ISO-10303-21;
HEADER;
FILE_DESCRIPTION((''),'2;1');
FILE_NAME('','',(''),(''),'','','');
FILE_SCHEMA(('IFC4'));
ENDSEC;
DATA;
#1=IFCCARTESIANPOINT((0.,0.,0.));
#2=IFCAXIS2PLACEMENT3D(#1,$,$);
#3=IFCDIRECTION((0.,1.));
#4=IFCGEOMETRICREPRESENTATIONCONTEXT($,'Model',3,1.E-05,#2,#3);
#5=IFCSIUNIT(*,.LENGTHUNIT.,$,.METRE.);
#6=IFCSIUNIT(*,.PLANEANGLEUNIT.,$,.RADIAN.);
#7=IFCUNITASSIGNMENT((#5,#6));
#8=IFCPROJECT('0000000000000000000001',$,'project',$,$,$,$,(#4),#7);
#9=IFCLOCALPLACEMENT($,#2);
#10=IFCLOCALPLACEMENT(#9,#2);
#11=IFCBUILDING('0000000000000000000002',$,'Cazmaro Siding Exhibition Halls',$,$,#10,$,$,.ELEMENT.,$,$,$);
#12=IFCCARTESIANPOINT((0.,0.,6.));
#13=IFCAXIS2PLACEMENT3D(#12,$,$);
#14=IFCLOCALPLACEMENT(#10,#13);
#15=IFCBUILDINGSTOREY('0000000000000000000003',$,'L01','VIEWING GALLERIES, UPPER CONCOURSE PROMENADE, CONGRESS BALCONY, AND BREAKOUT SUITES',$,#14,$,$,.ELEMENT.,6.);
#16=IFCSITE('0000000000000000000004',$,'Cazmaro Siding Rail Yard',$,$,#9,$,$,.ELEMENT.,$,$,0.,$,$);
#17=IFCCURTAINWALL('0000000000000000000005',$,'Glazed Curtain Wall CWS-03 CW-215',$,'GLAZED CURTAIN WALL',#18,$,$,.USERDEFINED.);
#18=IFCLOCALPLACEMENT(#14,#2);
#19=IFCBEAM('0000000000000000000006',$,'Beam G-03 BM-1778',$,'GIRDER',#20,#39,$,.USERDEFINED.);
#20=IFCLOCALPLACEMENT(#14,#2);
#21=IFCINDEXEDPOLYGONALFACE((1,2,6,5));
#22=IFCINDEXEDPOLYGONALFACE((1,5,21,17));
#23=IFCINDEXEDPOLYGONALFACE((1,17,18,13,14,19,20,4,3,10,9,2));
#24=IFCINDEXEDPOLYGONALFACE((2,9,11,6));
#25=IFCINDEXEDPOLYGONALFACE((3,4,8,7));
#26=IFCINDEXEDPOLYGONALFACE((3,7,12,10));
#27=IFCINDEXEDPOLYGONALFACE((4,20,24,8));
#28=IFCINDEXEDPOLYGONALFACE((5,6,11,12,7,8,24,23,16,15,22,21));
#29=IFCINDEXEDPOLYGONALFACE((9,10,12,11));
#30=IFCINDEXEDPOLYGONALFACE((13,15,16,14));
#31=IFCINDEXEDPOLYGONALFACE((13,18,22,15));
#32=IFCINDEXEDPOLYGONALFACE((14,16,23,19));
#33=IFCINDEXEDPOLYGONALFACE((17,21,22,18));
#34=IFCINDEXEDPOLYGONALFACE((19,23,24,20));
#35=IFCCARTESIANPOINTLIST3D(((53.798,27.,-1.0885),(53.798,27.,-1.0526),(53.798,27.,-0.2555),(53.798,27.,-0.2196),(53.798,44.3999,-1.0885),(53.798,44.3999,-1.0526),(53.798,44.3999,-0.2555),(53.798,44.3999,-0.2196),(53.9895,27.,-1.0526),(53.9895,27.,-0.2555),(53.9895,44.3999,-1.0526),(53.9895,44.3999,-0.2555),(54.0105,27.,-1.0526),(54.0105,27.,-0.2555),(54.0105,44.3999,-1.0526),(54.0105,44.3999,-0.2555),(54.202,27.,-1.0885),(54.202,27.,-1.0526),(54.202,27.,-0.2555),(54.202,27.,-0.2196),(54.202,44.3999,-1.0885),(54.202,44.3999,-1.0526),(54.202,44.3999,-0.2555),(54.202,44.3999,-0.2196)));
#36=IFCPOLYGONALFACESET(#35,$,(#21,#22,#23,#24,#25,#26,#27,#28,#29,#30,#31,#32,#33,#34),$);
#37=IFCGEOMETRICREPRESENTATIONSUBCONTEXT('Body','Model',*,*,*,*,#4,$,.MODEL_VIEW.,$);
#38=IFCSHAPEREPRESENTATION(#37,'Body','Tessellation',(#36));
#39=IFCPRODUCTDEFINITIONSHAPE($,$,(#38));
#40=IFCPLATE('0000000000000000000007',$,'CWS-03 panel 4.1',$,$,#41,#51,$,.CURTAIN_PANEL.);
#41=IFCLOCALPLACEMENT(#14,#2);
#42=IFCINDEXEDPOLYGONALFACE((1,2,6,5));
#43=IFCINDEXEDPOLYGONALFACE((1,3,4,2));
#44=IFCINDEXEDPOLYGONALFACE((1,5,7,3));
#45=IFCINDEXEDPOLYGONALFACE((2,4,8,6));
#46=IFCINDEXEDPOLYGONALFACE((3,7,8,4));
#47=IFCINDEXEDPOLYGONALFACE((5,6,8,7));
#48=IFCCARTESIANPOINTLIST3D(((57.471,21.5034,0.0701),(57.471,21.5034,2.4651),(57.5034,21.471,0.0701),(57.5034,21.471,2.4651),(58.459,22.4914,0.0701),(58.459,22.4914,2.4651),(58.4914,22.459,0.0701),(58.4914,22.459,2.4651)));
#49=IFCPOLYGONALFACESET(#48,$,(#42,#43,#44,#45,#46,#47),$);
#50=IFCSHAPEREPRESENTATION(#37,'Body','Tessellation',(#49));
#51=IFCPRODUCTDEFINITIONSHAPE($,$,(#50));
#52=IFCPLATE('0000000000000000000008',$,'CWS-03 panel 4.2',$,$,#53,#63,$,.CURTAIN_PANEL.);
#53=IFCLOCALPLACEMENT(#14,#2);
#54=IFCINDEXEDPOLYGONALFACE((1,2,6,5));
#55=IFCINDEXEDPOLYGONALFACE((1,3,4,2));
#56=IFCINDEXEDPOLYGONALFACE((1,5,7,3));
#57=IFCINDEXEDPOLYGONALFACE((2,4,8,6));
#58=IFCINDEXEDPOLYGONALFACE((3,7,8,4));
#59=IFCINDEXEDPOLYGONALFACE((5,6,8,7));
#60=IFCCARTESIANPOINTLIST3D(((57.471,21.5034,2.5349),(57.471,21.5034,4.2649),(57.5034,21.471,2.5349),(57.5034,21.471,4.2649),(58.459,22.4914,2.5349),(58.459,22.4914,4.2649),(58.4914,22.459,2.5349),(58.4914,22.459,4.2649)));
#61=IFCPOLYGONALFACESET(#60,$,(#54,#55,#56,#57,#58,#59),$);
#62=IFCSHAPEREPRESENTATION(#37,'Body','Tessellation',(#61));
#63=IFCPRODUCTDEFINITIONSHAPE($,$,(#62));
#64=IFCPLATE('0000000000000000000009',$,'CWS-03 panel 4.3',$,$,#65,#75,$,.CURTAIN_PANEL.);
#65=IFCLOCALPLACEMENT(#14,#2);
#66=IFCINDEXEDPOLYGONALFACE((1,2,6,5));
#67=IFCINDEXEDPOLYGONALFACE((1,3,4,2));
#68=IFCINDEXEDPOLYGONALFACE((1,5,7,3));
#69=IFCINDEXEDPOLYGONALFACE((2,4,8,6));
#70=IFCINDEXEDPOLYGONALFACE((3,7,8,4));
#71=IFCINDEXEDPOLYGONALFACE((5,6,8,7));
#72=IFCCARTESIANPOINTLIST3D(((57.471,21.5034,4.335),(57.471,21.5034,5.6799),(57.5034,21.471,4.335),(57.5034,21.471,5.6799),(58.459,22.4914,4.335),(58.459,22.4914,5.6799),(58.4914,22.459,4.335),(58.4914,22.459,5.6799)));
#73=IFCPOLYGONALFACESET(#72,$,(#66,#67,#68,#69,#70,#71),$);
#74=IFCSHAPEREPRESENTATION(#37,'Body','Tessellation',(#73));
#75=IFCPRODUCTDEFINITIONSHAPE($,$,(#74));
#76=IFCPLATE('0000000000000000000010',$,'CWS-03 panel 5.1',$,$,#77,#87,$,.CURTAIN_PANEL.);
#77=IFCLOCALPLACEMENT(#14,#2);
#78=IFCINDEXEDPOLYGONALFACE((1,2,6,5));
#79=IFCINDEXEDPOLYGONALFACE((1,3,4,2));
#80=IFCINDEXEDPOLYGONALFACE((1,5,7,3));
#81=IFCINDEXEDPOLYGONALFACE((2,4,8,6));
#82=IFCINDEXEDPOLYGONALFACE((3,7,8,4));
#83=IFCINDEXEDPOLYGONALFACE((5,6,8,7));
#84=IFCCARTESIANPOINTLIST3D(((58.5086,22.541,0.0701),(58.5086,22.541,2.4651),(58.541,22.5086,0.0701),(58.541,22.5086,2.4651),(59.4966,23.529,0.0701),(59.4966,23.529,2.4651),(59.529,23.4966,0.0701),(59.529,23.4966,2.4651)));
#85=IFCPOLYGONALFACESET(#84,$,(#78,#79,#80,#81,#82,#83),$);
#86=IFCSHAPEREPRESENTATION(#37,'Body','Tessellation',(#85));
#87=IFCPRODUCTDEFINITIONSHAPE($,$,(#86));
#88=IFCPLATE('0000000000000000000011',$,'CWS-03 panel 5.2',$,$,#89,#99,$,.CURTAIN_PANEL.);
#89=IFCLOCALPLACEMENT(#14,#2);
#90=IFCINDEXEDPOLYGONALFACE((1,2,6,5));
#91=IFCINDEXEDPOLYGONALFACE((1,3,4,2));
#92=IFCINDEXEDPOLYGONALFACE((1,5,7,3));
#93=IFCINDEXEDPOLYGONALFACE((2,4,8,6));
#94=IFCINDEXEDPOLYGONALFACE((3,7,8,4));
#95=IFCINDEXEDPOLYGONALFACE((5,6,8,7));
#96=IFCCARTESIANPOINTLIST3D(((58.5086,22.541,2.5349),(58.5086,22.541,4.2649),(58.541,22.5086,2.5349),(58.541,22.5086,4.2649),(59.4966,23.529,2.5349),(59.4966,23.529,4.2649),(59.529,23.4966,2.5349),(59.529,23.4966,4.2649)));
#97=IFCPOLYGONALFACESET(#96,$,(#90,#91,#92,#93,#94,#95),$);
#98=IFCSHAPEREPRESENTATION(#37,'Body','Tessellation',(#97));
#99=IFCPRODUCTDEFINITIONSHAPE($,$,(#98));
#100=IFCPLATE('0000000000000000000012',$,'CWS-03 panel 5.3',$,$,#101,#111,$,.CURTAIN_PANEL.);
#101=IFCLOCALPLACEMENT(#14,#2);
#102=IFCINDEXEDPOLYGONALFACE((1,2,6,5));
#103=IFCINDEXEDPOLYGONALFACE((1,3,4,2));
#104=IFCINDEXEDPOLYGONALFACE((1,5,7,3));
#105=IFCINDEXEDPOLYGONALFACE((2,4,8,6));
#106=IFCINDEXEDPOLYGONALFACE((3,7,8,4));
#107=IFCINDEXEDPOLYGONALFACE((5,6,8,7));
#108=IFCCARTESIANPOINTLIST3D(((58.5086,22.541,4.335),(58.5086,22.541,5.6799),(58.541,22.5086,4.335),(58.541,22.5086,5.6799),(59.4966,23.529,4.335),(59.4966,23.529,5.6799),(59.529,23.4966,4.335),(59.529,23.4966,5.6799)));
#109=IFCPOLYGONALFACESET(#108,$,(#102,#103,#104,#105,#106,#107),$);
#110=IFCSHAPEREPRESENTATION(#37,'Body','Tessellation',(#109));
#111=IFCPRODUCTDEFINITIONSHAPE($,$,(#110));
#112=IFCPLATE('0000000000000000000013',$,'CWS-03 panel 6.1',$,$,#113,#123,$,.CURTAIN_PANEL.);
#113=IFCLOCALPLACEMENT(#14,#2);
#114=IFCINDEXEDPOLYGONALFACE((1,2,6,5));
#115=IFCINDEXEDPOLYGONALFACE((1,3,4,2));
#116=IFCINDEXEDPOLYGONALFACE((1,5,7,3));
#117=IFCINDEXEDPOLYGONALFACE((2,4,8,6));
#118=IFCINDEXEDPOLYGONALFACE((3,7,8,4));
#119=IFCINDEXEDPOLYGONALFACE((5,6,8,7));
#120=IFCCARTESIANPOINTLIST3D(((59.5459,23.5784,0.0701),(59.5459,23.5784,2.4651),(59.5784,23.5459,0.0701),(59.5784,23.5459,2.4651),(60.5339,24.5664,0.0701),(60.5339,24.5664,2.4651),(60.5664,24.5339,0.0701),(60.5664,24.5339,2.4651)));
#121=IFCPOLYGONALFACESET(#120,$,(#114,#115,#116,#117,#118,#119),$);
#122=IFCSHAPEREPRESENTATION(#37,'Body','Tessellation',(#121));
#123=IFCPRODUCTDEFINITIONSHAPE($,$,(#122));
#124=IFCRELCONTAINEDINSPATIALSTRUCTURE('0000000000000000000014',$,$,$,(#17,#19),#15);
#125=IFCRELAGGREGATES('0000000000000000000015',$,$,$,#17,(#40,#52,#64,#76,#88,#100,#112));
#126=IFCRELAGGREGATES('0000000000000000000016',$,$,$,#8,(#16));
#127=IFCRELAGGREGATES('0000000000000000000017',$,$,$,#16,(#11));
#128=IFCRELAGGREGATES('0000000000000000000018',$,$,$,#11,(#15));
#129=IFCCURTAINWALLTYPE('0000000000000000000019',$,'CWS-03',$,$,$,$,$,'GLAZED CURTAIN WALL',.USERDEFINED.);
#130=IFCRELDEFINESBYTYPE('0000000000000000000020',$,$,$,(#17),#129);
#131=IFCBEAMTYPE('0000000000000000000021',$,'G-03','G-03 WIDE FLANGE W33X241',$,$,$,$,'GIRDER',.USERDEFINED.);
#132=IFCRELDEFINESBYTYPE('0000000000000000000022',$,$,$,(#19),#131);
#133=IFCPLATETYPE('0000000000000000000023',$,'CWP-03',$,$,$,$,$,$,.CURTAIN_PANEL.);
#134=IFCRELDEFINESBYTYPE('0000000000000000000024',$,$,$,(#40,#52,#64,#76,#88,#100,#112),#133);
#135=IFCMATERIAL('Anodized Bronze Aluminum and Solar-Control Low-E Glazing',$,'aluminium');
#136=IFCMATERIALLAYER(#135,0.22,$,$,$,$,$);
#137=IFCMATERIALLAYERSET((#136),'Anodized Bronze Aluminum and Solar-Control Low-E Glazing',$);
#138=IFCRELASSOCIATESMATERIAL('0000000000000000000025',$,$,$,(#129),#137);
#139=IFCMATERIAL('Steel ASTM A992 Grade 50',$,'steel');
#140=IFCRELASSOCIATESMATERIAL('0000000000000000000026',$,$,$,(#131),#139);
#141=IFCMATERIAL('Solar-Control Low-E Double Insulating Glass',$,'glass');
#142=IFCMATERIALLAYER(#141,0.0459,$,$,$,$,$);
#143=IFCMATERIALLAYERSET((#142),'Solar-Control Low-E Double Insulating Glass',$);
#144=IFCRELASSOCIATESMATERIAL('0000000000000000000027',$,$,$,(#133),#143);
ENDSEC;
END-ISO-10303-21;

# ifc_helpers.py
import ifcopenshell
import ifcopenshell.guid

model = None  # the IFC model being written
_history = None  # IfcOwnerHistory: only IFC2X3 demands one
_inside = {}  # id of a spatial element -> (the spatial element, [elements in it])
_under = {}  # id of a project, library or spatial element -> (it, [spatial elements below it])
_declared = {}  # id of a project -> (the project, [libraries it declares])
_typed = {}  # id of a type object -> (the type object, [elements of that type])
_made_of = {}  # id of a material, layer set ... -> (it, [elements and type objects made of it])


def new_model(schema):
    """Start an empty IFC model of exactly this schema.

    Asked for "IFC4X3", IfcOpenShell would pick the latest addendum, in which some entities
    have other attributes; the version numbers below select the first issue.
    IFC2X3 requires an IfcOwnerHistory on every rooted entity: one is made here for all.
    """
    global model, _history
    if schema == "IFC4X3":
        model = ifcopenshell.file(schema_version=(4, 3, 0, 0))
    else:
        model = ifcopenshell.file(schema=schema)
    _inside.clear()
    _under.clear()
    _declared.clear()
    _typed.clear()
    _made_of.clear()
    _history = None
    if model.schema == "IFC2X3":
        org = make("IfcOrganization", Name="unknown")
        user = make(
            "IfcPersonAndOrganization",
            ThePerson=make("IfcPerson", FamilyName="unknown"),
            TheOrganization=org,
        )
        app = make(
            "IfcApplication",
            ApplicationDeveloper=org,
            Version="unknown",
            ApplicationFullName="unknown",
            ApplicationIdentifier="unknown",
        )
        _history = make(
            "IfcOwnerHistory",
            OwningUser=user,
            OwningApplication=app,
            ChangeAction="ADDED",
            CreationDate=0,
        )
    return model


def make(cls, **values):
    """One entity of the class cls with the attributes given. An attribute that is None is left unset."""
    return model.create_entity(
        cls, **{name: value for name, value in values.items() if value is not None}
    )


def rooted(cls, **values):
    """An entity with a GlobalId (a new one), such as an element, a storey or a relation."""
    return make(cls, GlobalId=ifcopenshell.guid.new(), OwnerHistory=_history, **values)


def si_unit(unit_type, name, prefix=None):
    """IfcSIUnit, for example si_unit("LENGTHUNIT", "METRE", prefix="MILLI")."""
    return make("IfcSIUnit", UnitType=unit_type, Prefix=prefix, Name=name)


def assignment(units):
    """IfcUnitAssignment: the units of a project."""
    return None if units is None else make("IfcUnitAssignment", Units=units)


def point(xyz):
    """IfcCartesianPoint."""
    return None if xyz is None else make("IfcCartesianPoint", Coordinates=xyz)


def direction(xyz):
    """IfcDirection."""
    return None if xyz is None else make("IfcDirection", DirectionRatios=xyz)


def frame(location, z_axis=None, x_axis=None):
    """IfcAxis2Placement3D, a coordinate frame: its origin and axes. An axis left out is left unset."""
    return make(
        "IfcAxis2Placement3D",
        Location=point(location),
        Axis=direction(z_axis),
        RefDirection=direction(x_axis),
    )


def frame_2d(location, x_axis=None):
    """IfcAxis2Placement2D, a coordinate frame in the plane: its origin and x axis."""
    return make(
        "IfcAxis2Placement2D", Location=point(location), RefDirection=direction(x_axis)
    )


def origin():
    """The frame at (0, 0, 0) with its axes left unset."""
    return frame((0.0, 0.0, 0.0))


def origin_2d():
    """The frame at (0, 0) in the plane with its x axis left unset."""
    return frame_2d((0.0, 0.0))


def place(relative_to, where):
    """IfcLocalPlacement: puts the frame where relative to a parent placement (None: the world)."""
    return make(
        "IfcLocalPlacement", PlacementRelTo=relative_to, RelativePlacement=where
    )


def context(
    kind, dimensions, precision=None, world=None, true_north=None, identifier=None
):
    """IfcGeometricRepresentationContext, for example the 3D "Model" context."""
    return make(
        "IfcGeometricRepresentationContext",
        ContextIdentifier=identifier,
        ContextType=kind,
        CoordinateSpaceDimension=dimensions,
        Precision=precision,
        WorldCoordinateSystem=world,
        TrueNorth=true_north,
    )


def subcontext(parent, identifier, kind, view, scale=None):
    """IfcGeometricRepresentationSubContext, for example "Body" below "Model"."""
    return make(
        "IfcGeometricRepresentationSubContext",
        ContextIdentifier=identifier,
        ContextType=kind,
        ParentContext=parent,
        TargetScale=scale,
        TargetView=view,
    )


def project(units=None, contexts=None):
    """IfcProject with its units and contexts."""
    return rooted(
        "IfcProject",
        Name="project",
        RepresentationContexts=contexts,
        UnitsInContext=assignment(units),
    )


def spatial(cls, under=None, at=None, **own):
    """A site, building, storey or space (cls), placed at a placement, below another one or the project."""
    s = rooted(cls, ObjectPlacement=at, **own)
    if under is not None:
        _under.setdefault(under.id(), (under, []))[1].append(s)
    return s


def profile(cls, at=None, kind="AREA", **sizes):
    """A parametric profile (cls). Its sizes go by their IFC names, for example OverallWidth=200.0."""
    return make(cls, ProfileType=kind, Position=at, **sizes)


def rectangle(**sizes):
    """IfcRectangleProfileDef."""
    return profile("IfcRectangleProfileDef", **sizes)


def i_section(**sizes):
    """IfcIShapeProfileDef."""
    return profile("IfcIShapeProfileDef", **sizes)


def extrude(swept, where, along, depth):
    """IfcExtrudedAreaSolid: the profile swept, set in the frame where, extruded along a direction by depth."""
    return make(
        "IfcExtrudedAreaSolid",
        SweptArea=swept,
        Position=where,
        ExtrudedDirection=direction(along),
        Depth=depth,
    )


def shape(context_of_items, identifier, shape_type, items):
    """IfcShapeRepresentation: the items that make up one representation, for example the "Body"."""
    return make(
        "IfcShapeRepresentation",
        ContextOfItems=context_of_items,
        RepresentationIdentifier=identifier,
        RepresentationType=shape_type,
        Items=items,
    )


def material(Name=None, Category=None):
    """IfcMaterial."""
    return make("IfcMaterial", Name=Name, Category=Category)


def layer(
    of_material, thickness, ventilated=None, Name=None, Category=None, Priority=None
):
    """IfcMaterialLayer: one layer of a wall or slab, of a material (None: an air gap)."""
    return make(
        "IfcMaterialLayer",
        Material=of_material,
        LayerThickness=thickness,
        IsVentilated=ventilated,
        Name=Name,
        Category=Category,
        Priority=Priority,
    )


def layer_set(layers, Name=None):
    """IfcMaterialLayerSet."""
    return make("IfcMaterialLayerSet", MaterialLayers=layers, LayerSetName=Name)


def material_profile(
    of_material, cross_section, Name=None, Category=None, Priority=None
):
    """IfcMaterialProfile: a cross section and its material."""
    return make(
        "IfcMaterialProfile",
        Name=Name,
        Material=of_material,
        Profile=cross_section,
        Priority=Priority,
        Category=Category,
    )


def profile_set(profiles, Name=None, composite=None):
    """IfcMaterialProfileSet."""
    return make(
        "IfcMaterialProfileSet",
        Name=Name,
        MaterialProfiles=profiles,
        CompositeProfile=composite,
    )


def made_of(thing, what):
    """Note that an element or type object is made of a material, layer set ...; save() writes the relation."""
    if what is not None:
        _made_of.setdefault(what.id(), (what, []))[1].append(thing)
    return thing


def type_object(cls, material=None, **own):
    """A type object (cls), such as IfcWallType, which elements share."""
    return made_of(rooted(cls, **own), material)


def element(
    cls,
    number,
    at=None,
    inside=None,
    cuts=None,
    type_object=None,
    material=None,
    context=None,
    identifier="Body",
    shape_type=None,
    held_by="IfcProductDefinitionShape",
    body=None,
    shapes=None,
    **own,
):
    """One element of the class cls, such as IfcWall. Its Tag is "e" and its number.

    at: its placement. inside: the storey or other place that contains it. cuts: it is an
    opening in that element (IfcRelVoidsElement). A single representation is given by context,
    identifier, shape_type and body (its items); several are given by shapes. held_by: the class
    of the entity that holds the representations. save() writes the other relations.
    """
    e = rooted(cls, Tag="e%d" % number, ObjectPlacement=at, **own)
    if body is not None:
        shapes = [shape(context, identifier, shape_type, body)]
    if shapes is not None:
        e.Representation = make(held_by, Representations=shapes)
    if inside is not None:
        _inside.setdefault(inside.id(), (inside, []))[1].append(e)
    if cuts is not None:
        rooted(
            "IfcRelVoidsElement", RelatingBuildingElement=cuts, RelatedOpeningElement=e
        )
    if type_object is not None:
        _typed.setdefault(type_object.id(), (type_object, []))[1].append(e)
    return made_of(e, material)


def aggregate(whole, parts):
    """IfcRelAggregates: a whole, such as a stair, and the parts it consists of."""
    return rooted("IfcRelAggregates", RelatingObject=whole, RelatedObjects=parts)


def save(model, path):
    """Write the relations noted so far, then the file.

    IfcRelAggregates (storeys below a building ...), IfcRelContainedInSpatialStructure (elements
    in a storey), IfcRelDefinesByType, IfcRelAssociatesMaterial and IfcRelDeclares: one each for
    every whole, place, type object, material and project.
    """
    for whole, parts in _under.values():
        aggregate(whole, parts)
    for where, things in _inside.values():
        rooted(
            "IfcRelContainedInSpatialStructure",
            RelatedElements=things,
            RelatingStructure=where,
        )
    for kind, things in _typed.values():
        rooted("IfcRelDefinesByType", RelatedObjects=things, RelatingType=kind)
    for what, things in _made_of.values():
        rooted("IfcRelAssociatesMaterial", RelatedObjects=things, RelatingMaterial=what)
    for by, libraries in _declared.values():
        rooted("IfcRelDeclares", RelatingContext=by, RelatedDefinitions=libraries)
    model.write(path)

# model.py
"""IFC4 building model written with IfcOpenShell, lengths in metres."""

from ifc_helpers import new_model, si_unit, direction, frame, origin, origin_2d, place, context, subcontext, project, spatial, rectangle, i_section, extrude, material, layer, layer_set, material_profile, profile_set, type_object, element, aggregate, save


model = new_model("IFC4")

# Units and contexts
model_context = context("Model", 3, precision=1e-05, world=origin(), true_north=direction((0.0, 1.0)))
body_context = subcontext(model_context, "Body", "Model", "MODEL_VIEW")
ifc_project = project(units=[si_unit("LENGTHUNIT", "METRE"), si_unit("PLANEANGLEUNIT", "RADIAN")], contexts=[model_context])

# Site, building, storey
site_placement = place(None, origin())
site = spatial("IfcSite", under=ifc_project, at=site_placement, Name="Cazmaro Siding Rail Yard", CompositionType="ELEMENT", RefElevation=0.0)
building_placement = place(site_placement, origin())
building = spatial("IfcBuilding", under=site, at=building_placement, Name="Cazmaro Siding Exhibition Halls", CompositionType="ELEMENT")
storey_placement = place(building_placement, frame((0.0, 0.0, 6.0)))
storey = spatial("IfcBuildingStorey", under=building, at=storey_placement, Name="L01", Description="VIEWING GALLERIES, UPPER CONCOURSE PROMENADE, CONGRESS BALCONY, AND BREAKOUT SUITES", CompositionType="ELEMENT", Elevation=6.0)

# Curtain wall
ifc_material_1 = material(Name="Anodized Bronze Aluminum and Solar-Control Low-E Glazing", Category="aluminium")
ifc_layer_1 = layer(ifc_material_1, 0.22)
ifc_layer_set_1 = layer_set([ifc_layer_1], Name="Anodized Bronze Aluminum and Solar-Control Low-E Glazing")
curtain_wall_type = type_object("IfcCurtainWallType", Name="CWS-03", ElementType="GLAZED CURTAIN WALL", PredefinedType="USERDEFINED", material=ifc_layer_set_1)
curtain_wall_placement = place(storey_placement, origin())
curtain_wall = element("IfcCurtainWall", 1, at=curtain_wall_placement, inside=storey, type_object=curtain_wall_type, Name="Glazed Curtain Wall CWS-03 CW-215", ObjectType="GLAZED CURTAIN WALL", PredefinedType="USERDEFINED")

# Beam
ifc_material_2 = material(Name="Steel ASTM A992 Grade 50", Category="steel")
ifc_material_profile_1 = material_profile(ifc_material_2, i_section(OverallWidth=0.4041, OverallDepth=0.8689, WebThickness=0.021, FlangeThickness=0.0359, at=origin_2d()), Name="W33X241")
ifc_profile_set_1 = profile_set([ifc_material_profile_1], Name="Steel ASTM A992 Grade 50")
beam_type = type_object("IfcBeamType", Name="G-03", Description="G-03 WIDE FLANGE W33X241", ElementType="GIRDER", PredefinedType="USERDEFINED", material=ifc_profile_set_1)
beam_placement = place(storey_placement, frame((54.0, 27.0, -0.6541), z_axis=(0.0, 1.0, 0.0), x_axis=(-1.0, 0.0, 0.0)))
element("IfcBeam", 2, at=beam_placement, inside=storey, type_object=beam_type, Name="Beam G-03 BM-1778", ObjectType="GIRDER", PredefinedType="USERDEFINED", context=body_context, shape_type="SweptSolid", body=[
    extrude(i_section(OverallWidth=0.4041, OverallDepth=0.8689, WebThickness=0.021, FlangeThickness=0.0359, at=origin_2d()), origin(), (0.0, 0.0, 1.0), 17.3999),
])

# Plates
ifc_material_3 = material(Name="Solar-Control Low-E Double Insulating Glass", Category="glass")
ifc_layer_2 = layer(ifc_material_3, 0.0459)
ifc_layer_set_2 = layer_set([ifc_layer_2], Name="Solar-Control Low-E Double Insulating Glass")
plate_type = type_object("IfcPlateType", Name="CWP-03", PredefinedType="CURTAIN_PANEL", material=ifc_layer_set_2)
plate_1_placement = place(storey_placement, frame((57.9812, 21.9812, 0.0701), z_axis=(0.0, 0.0, 1.0), x_axis=(0.707107, 0.707107, 0.0)))
plate_1 = element("IfcPlate", 3, at=plate_1_placement, type_object=plate_type, Name="CWS-03 panel 4.1", PredefinedType="CURTAIN_PANEL", context=body_context, shape_type="SweptSolid", body=[
    extrude(rectangle(XDim=1.3972, YDim=0.0459, at=origin_2d()), origin(), (0.0, 0.0, 1.0), 2.395),
])
plate_2_placement = place(storey_placement, frame((57.9812, 21.9812, 2.5349), z_axis=(0.0, 0.0, 1.0), x_axis=(0.707107, 0.707107, 0.0)))
plate_2 = element("IfcPlate", 4, at=plate_2_placement, type_object=plate_type, Name="CWS-03 panel 4.2", PredefinedType="CURTAIN_PANEL", context=body_context, shape_type="SweptSolid", body=[
    extrude(rectangle(XDim=1.3972, YDim=0.0459, at=origin_2d()), origin(), (0.0, 0.0, 1.0), 1.73),
])
plate_3_placement = place(storey_placement, frame((57.9812, 21.9812, 4.335), z_axis=(0.0, 0.0, 1.0), x_axis=(0.707107, 0.707107, 0.0)))
plate_3 = element("IfcPlate", 5, at=plate_3_placement, type_object=plate_type, Name="CWS-03 panel 4.3", PredefinedType="CURTAIN_PANEL", context=body_context, shape_type="SweptSolid", body=[
    extrude(rectangle(XDim=1.3972, YDim=0.0459, at=origin_2d()), origin(), (0.0, 0.0, 1.0), 1.345),
])
plate_4_placement = place(storey_placement, frame((59.0188, 23.0188, 0.0701), z_axis=(0.0, 0.0, 1.0), x_axis=(0.707107, 0.707107, 0.0)))
plate_4 = element("IfcPlate", 6, at=plate_4_placement, type_object=plate_type, Name="CWS-03 panel 5.1", PredefinedType="CURTAIN_PANEL", context=body_context, shape_type="SweptSolid", body=[
    extrude(rectangle(XDim=1.3972, YDim=0.0459, at=origin_2d()), origin(), (0.0, 0.0, 1.0), 2.395),
])
plate_5_placement = place(storey_placement, frame((59.0188, 23.0188, 2.5349), z_axis=(0.0, 0.0, 1.0), x_axis=(0.707107, 0.707107, 0.0)))
plate_5 = element("IfcPlate", 7, at=plate_5_placement, type_object=plate_type, Name="CWS-03 panel 5.2", PredefinedType="CURTAIN_PANEL", context=body_context, shape_type="SweptSolid", body=[
    extrude(rectangle(XDim=1.3972, YDim=0.0459, at=origin_2d()), origin(), (0.0, 0.0, 1.0), 1.73),
])
plate_6_placement = place(storey_placement, frame((59.0188, 23.0188, 4.335), z_axis=(0.0, 0.0, 1.0), x_axis=(0.707107, 0.707107, 0.0)))
plate_6 = element("IfcPlate", 8, at=plate_6_placement, type_object=plate_type, Name="CWS-03 panel 5.3", PredefinedType="CURTAIN_PANEL", context=body_context, shape_type="SweptSolid", body=[
    extrude(rectangle(XDim=1.3972, YDim=0.0459, at=origin_2d()), origin(), (0.0, 0.0, 1.0), 1.345),
])
plate_7_placement = place(storey_placement, frame((60.0562, 24.0562, 0.0701), z_axis=(0.0, 0.0, 1.0), x_axis=(0.707107, 0.707107, 0.0)))
plate_7 = element("IfcPlate", 9, at=plate_7_placement, type_object=plate_type, Name="CWS-03 panel 6.1", PredefinedType="CURTAIN_PANEL", context=body_context, shape_type="SweptSolid", body=[
    extrude(rectangle(XDim=1.3972, YDim=0.0459, at=origin_2d()), origin(), (0.0, 0.0, 1.0), 2.395),
])
aggregate(curtain_wall, [plate_1, plate_2, plate_3, plate_4, plate_5, plate_6, plate_7])

save(model, "model.ifc")
